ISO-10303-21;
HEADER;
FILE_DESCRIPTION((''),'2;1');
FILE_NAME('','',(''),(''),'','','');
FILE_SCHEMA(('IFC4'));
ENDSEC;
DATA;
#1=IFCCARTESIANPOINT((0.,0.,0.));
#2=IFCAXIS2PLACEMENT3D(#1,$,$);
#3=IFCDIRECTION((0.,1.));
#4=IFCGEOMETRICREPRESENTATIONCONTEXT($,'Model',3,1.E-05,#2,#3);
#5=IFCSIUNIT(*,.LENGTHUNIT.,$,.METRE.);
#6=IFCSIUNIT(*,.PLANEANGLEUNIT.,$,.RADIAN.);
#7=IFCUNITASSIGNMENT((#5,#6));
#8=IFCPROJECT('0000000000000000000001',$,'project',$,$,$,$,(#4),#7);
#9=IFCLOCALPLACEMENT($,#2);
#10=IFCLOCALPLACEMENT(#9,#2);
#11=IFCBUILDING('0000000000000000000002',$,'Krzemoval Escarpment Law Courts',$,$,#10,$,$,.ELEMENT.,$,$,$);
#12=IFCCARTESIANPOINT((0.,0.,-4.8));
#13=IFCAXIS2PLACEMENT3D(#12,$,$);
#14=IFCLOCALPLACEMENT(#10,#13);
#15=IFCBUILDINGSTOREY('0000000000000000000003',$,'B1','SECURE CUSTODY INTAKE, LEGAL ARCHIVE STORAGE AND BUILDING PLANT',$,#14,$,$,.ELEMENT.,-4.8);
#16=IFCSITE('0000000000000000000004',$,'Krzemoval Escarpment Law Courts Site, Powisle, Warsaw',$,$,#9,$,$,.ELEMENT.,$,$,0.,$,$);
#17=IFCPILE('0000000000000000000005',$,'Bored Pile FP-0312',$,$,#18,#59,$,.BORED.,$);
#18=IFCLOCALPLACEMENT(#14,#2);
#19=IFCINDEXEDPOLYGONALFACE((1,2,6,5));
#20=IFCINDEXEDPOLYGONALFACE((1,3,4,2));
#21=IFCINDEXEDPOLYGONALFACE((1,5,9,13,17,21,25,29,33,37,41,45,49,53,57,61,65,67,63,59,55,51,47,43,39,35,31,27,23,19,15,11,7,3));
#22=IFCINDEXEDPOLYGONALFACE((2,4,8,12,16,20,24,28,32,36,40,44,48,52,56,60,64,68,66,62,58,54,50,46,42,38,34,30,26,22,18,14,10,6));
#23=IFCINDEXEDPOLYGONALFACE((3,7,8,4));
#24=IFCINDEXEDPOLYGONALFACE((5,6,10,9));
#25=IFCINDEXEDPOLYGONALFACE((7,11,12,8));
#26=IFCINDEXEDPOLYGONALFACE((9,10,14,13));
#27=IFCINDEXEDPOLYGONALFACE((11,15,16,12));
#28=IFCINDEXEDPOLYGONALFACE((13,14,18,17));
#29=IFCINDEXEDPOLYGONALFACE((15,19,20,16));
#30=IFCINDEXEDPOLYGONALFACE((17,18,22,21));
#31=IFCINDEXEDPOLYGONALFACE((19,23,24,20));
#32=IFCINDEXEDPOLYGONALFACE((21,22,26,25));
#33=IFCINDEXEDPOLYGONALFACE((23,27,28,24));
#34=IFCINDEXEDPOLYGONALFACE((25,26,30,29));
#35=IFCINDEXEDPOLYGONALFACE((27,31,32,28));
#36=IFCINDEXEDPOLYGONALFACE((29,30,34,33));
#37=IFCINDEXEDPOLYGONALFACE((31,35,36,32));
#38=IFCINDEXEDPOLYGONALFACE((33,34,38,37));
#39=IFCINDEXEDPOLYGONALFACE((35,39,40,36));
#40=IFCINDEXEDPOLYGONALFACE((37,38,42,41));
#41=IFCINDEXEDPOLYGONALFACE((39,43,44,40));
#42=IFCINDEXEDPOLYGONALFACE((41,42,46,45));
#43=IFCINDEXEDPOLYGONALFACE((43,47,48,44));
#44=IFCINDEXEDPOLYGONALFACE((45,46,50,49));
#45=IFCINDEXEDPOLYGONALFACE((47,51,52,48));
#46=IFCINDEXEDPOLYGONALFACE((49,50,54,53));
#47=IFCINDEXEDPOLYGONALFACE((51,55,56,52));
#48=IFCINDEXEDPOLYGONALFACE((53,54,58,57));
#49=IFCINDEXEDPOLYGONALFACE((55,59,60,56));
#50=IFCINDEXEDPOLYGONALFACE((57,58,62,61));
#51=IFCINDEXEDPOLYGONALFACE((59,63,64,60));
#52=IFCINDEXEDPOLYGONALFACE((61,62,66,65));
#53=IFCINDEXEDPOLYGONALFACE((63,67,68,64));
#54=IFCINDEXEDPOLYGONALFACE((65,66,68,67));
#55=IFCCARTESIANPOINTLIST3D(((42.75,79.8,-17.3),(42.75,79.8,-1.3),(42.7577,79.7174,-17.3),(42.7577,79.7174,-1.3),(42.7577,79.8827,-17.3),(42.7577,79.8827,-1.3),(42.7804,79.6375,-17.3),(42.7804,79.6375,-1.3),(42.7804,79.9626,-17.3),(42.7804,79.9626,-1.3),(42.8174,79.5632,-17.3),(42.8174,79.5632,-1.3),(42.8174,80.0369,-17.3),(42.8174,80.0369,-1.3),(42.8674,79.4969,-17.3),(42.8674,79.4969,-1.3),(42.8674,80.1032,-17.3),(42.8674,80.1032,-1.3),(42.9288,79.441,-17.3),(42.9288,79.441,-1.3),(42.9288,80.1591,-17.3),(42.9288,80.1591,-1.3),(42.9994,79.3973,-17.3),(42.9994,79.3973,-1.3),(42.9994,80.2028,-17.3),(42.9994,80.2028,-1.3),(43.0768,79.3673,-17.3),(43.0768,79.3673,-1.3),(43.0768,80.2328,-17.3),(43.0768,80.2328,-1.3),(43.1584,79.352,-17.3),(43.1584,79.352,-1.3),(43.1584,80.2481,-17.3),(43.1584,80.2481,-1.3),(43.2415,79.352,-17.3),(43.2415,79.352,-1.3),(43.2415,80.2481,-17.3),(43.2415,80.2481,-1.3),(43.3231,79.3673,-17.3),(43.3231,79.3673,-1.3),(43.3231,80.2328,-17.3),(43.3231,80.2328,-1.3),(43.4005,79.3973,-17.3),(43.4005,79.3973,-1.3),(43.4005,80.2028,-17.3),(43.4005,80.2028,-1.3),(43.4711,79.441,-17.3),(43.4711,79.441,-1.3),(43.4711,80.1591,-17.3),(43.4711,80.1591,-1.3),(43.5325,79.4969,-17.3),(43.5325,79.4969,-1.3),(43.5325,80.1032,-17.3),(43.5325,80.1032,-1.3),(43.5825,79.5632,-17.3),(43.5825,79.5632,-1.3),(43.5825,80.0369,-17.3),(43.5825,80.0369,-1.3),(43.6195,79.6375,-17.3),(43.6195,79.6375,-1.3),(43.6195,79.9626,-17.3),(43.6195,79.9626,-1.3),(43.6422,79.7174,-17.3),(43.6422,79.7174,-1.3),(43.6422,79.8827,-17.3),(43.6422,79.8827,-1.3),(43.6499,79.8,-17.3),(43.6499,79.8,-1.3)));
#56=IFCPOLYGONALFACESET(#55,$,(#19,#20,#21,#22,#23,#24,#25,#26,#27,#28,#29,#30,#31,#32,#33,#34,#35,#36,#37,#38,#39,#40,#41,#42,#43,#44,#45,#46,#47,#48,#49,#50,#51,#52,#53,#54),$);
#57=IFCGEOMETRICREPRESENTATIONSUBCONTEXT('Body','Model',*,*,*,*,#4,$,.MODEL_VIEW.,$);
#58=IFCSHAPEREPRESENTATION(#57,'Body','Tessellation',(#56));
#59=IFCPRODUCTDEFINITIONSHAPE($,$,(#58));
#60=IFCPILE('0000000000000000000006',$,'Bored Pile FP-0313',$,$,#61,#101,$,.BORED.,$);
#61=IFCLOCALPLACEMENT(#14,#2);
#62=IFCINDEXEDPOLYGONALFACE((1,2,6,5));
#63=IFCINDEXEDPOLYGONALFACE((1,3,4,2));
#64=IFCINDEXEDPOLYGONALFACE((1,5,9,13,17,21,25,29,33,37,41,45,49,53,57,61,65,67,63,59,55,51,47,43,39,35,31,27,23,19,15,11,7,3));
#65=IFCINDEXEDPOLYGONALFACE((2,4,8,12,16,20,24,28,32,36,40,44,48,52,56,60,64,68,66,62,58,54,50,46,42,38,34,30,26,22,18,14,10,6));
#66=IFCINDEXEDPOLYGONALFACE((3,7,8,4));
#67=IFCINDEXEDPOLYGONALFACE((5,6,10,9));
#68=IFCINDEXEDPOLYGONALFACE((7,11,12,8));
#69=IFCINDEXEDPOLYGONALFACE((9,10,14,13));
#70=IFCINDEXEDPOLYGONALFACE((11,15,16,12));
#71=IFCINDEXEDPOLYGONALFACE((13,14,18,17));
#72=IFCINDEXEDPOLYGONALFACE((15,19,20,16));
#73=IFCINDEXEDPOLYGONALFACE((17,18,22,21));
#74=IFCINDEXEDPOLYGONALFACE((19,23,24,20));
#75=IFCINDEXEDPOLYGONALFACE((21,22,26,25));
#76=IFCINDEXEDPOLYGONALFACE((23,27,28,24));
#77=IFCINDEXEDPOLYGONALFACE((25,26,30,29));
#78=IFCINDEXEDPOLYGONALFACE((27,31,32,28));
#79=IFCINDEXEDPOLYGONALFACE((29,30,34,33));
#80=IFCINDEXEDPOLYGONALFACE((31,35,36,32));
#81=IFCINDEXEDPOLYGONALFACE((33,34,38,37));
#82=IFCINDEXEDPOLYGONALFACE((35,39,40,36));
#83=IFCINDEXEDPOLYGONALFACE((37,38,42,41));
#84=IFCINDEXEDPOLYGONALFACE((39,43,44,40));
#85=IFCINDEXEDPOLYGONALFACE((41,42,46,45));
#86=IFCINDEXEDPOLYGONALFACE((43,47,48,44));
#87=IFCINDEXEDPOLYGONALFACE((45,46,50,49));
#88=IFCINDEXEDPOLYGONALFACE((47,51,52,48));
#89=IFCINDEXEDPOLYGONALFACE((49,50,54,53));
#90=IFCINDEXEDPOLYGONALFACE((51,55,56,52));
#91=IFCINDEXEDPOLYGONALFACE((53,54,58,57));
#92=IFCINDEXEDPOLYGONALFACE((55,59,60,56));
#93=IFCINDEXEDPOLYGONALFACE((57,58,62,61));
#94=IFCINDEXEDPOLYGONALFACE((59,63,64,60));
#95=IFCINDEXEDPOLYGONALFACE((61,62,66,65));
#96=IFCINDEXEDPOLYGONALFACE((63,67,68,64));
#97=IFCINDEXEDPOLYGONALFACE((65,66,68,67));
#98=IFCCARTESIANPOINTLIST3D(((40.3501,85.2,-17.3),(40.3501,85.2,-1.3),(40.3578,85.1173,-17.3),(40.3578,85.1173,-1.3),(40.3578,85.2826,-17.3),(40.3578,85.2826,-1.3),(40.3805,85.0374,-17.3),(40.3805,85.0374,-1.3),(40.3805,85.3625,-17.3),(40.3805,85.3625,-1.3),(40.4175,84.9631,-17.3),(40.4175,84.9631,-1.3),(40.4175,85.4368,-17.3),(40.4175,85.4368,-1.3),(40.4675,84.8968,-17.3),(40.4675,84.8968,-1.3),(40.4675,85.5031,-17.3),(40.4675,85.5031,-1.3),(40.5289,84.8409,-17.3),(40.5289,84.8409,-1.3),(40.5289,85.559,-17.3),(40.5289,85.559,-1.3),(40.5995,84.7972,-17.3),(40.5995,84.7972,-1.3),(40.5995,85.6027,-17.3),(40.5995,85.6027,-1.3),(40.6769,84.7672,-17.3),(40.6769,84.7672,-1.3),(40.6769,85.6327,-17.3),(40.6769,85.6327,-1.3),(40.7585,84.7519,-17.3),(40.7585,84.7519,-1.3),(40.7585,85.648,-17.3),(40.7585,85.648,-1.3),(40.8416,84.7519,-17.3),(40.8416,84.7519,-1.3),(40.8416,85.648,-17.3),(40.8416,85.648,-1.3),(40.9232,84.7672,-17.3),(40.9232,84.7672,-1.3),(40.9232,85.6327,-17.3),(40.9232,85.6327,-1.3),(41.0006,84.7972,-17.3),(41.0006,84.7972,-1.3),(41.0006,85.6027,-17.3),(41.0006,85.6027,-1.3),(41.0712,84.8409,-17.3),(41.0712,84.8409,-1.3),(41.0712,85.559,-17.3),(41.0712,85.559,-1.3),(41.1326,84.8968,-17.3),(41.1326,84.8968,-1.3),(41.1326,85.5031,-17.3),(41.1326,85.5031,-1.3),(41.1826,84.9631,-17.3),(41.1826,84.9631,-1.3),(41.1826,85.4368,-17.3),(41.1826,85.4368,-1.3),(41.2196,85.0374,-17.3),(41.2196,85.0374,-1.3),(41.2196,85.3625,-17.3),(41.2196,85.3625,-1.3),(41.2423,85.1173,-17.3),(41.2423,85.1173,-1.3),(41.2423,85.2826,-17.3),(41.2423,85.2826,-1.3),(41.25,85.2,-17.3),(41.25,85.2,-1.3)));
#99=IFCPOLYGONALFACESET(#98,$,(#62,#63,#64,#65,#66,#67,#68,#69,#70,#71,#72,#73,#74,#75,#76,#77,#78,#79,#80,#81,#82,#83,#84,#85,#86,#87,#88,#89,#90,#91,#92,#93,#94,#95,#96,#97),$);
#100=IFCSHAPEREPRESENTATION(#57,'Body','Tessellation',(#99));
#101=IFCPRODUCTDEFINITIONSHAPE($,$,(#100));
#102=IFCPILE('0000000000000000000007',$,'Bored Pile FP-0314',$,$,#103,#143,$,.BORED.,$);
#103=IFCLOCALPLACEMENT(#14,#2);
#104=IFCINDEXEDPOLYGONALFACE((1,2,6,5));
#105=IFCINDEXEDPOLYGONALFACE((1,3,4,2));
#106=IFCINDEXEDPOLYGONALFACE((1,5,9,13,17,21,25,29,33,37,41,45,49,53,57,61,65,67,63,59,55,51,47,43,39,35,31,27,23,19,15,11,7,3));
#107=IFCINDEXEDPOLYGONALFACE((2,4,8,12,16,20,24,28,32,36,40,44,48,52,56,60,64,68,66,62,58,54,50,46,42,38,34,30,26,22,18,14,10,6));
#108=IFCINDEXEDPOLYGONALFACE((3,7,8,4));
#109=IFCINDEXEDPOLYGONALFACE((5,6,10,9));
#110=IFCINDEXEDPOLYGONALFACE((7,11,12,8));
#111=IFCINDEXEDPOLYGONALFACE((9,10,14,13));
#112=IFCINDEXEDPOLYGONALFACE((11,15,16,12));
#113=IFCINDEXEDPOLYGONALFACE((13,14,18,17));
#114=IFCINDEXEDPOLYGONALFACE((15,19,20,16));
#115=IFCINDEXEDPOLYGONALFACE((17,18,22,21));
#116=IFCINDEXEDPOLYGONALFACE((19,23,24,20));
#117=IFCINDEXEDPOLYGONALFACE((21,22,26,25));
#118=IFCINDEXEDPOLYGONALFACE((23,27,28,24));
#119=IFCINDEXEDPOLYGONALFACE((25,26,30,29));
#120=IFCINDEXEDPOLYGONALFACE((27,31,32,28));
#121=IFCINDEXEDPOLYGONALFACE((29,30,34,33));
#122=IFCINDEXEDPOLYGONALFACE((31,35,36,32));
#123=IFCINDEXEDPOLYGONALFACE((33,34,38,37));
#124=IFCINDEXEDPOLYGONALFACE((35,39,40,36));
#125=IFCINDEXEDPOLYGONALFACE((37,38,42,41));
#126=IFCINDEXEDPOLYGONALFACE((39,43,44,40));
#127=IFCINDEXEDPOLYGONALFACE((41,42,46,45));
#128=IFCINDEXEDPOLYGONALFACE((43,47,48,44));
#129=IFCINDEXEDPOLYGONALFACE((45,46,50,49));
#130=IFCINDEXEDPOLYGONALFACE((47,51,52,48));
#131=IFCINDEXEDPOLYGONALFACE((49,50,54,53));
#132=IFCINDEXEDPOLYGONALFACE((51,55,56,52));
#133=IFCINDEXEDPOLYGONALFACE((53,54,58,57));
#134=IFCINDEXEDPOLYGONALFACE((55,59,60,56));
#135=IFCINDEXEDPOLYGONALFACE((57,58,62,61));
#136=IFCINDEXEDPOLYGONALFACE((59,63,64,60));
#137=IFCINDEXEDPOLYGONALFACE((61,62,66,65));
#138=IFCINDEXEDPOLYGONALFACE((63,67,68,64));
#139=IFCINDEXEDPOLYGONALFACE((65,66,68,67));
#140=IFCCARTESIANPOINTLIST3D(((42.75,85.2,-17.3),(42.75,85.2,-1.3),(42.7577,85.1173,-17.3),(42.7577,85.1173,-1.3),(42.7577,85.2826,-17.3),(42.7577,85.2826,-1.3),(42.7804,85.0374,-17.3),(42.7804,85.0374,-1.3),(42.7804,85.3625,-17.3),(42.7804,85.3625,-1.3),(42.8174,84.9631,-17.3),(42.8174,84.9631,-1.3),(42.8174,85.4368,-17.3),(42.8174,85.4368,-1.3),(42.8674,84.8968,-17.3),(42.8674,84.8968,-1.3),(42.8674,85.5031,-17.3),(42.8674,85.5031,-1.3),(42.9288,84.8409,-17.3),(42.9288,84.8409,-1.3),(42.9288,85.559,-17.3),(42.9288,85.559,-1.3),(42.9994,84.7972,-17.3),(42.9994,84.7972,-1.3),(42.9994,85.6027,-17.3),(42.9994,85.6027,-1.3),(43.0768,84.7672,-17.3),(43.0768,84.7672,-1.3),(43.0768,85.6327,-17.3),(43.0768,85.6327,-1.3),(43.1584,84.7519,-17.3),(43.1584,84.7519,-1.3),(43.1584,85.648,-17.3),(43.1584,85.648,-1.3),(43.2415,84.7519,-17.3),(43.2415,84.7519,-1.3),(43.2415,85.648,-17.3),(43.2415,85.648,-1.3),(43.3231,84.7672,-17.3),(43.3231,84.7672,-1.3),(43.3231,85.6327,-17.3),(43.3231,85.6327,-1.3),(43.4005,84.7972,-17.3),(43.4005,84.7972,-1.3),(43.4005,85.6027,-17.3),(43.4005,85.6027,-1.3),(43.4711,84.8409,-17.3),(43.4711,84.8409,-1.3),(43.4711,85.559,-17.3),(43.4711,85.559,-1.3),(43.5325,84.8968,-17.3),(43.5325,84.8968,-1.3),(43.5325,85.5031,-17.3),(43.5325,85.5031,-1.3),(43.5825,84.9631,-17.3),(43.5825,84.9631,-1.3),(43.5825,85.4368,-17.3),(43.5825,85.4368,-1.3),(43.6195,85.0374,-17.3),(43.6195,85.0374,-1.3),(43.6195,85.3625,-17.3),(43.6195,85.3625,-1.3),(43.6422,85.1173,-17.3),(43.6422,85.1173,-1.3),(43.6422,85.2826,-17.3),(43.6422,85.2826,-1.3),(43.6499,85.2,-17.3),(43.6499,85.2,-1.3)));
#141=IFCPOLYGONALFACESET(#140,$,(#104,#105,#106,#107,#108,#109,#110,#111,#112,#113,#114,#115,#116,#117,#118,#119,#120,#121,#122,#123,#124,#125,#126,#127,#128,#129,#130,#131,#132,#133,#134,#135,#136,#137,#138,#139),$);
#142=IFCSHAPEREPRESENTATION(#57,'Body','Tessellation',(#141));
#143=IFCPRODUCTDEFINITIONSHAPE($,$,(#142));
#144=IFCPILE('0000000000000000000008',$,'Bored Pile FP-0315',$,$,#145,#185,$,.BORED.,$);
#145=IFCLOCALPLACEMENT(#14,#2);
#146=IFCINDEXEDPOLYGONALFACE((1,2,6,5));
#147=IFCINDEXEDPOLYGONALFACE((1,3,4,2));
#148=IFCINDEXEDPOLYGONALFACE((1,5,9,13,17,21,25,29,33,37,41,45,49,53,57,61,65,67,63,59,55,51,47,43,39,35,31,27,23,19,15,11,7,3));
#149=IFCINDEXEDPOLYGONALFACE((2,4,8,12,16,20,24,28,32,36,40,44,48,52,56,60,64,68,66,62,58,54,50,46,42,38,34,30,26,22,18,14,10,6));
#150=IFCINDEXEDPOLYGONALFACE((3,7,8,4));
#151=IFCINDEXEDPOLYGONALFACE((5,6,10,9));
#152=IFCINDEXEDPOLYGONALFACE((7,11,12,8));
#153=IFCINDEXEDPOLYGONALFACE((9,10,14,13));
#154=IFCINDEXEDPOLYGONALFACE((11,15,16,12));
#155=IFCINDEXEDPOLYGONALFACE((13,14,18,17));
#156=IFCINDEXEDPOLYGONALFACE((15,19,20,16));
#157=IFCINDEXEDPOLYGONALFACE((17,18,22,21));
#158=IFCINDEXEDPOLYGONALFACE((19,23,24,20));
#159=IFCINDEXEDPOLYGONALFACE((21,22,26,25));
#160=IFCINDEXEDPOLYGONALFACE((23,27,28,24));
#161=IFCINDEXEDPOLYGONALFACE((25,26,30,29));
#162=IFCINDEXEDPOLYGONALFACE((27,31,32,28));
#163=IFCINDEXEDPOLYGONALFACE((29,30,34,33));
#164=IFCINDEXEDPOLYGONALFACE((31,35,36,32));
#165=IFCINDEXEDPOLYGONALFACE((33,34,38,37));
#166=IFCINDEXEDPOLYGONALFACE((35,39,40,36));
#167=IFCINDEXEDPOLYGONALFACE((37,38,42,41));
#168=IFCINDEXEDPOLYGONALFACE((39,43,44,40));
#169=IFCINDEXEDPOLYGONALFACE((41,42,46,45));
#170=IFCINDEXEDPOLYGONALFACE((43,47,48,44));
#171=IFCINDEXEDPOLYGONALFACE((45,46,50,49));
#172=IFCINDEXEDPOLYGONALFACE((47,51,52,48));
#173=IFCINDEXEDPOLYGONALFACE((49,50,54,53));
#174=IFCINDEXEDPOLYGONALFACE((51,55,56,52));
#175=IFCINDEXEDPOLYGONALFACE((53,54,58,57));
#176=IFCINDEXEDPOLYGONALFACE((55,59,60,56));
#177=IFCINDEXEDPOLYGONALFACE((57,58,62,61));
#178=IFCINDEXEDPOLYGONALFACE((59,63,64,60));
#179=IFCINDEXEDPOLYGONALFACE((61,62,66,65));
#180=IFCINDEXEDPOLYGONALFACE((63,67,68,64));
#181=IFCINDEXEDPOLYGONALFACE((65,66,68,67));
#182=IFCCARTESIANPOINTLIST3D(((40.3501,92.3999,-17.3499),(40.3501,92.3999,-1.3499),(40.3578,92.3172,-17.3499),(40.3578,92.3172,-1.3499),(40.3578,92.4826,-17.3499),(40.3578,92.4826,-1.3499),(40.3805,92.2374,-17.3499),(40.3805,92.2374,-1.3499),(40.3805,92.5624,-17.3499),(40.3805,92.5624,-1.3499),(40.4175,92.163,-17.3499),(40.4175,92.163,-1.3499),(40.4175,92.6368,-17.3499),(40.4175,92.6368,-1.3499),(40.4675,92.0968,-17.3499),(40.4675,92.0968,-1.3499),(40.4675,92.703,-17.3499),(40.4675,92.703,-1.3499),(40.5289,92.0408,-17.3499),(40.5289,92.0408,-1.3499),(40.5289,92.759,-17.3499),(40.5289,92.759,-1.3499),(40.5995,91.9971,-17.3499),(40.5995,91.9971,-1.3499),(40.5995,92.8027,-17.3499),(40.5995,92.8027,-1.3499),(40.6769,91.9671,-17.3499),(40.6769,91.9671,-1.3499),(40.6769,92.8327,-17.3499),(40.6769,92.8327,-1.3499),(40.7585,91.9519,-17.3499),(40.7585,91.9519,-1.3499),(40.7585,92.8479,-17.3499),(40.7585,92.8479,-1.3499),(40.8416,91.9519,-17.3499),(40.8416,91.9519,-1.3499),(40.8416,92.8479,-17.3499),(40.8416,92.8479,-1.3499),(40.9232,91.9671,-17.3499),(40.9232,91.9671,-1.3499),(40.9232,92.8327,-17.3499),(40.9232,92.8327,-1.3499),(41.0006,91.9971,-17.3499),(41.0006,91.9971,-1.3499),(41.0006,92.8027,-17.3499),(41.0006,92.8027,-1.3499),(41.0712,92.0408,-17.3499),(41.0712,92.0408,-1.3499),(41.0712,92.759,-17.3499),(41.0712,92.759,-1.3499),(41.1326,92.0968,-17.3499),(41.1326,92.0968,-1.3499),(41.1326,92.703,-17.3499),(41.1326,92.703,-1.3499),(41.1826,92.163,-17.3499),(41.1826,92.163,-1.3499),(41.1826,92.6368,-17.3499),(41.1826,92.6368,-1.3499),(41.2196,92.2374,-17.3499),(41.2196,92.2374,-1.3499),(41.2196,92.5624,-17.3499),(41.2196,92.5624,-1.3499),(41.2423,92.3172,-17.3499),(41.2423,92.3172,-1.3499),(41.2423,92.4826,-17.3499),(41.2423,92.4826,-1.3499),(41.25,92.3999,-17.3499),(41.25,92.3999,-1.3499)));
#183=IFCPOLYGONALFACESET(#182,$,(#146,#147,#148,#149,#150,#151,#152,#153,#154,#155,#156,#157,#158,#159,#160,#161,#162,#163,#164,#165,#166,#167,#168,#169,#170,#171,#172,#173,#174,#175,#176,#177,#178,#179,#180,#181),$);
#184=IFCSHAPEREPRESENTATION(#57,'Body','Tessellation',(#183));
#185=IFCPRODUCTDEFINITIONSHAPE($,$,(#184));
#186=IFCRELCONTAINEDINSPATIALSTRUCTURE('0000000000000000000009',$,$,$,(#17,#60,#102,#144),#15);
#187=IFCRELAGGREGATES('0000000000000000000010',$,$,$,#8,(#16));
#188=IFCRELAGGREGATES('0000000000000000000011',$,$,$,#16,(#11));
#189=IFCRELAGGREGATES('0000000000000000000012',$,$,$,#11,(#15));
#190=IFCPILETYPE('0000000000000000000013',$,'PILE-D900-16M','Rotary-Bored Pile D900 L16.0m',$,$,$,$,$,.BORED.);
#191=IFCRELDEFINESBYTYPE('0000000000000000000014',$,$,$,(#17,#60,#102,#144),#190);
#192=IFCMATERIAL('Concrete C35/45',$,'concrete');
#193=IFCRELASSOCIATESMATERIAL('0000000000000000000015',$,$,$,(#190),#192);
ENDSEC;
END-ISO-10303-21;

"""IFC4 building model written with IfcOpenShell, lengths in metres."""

from ifc_helpers import new_model, si_unit, direction, frame, origin, origin_2d, place, context, subcontext, project, spatial, circle, extrude, material, material_profile, profile_set, type_object, element, save


model = new_model("IFC4")

# Units and contexts
model_context = context("Model", 3, precision=1e-05, world=origin(), true_north=direction((0.0, 1.0)))
body_context = subcontext(model_context, "Body", "Model", "MODEL_VIEW")
ifc_project = project(units=[si_unit("LENGTHUNIT", "METRE"), si_unit("PLANEANGLEUNIT", "RADIAN")], contexts=[model_context])

# Site, building, storey
site_placement = place(None, origin())
site = spatial("IfcSite", under=ifc_project, at=site_placement, Name="Krzemoval Escarpment Law Courts Site, Powisle, Warsaw", CompositionType="ELEMENT", RefElevation=0.0)
building_placement = place(site_placement, origin())
building = spatial("IfcBuilding", under=site, at=building_placement, Name="Krzemoval Escarpment Law Courts", CompositionType="ELEMENT")
storey_placement = place(building_placement, frame((0.0, 0.0, -4.8)))
storey = spatial("IfcBuildingStorey", under=building, at=storey_placement, Name="B1", Description="SECURE CUSTODY INTAKE, LEGAL ARCHIVE STORAGE AND BUILDING PLANT", CompositionType="ELEMENT", Elevation=-4.8)

# Piles
ifc_material_1 = material(Name="Concrete C35/45", Category="concrete")
ifc_material_profile_1 = material_profile(ifc_material_1, circle(Radius=0.45, at=origin_2d()), Name="PILE D900")
ifc_profile_set_1 = profile_set([ifc_material_profile_1], Name="Concrete C35/45")
pile_type = type_object("IfcPileType", Name="PILE-D900-16M", Description="Rotary-Bored Pile D900 L16.0m", PredefinedType="BORED", material=ifc_profile_set_1)
for number, where, z_axis, x_axis, name in (
    (1, (43.2, 79.8, -1.3), (0.0, 0.0, -1.0), (1.0, 0.0, 0.0), "Bored Pile FP-0312"),
    (2, (40.8, 85.2, -1.3), (0.0, 0.0, -1.0), (1.0, 0.0, 0.0), "Bored Pile FP-0313"),
    (3, (43.2, 85.2, -1.3), (0.0, 0.0, -1.0), (1.0, 0.0, 0.0), "Bored Pile FP-0314"),
    (4, (40.8, 92.3999, -1.3499), (0.0, 0.0, -1.0), (1.0, 0.0, 0.0), "Bored Pile FP-0315"),
):
    element("IfcPile", number, at=place(storey_placement, frame(where, z_axis=z_axis, x_axis=x_axis)), inside=storey, type_object=pile_type, Name=name, PredefinedType="BORED", context=body_context, shape_type="SweptSolid", body=[
        extrude(circle(Radius=0.45, at=origin_2d()), origin(), (0.0, 0.0, 1.0), 16.0),
    ])

save(model, "model.ifc")
